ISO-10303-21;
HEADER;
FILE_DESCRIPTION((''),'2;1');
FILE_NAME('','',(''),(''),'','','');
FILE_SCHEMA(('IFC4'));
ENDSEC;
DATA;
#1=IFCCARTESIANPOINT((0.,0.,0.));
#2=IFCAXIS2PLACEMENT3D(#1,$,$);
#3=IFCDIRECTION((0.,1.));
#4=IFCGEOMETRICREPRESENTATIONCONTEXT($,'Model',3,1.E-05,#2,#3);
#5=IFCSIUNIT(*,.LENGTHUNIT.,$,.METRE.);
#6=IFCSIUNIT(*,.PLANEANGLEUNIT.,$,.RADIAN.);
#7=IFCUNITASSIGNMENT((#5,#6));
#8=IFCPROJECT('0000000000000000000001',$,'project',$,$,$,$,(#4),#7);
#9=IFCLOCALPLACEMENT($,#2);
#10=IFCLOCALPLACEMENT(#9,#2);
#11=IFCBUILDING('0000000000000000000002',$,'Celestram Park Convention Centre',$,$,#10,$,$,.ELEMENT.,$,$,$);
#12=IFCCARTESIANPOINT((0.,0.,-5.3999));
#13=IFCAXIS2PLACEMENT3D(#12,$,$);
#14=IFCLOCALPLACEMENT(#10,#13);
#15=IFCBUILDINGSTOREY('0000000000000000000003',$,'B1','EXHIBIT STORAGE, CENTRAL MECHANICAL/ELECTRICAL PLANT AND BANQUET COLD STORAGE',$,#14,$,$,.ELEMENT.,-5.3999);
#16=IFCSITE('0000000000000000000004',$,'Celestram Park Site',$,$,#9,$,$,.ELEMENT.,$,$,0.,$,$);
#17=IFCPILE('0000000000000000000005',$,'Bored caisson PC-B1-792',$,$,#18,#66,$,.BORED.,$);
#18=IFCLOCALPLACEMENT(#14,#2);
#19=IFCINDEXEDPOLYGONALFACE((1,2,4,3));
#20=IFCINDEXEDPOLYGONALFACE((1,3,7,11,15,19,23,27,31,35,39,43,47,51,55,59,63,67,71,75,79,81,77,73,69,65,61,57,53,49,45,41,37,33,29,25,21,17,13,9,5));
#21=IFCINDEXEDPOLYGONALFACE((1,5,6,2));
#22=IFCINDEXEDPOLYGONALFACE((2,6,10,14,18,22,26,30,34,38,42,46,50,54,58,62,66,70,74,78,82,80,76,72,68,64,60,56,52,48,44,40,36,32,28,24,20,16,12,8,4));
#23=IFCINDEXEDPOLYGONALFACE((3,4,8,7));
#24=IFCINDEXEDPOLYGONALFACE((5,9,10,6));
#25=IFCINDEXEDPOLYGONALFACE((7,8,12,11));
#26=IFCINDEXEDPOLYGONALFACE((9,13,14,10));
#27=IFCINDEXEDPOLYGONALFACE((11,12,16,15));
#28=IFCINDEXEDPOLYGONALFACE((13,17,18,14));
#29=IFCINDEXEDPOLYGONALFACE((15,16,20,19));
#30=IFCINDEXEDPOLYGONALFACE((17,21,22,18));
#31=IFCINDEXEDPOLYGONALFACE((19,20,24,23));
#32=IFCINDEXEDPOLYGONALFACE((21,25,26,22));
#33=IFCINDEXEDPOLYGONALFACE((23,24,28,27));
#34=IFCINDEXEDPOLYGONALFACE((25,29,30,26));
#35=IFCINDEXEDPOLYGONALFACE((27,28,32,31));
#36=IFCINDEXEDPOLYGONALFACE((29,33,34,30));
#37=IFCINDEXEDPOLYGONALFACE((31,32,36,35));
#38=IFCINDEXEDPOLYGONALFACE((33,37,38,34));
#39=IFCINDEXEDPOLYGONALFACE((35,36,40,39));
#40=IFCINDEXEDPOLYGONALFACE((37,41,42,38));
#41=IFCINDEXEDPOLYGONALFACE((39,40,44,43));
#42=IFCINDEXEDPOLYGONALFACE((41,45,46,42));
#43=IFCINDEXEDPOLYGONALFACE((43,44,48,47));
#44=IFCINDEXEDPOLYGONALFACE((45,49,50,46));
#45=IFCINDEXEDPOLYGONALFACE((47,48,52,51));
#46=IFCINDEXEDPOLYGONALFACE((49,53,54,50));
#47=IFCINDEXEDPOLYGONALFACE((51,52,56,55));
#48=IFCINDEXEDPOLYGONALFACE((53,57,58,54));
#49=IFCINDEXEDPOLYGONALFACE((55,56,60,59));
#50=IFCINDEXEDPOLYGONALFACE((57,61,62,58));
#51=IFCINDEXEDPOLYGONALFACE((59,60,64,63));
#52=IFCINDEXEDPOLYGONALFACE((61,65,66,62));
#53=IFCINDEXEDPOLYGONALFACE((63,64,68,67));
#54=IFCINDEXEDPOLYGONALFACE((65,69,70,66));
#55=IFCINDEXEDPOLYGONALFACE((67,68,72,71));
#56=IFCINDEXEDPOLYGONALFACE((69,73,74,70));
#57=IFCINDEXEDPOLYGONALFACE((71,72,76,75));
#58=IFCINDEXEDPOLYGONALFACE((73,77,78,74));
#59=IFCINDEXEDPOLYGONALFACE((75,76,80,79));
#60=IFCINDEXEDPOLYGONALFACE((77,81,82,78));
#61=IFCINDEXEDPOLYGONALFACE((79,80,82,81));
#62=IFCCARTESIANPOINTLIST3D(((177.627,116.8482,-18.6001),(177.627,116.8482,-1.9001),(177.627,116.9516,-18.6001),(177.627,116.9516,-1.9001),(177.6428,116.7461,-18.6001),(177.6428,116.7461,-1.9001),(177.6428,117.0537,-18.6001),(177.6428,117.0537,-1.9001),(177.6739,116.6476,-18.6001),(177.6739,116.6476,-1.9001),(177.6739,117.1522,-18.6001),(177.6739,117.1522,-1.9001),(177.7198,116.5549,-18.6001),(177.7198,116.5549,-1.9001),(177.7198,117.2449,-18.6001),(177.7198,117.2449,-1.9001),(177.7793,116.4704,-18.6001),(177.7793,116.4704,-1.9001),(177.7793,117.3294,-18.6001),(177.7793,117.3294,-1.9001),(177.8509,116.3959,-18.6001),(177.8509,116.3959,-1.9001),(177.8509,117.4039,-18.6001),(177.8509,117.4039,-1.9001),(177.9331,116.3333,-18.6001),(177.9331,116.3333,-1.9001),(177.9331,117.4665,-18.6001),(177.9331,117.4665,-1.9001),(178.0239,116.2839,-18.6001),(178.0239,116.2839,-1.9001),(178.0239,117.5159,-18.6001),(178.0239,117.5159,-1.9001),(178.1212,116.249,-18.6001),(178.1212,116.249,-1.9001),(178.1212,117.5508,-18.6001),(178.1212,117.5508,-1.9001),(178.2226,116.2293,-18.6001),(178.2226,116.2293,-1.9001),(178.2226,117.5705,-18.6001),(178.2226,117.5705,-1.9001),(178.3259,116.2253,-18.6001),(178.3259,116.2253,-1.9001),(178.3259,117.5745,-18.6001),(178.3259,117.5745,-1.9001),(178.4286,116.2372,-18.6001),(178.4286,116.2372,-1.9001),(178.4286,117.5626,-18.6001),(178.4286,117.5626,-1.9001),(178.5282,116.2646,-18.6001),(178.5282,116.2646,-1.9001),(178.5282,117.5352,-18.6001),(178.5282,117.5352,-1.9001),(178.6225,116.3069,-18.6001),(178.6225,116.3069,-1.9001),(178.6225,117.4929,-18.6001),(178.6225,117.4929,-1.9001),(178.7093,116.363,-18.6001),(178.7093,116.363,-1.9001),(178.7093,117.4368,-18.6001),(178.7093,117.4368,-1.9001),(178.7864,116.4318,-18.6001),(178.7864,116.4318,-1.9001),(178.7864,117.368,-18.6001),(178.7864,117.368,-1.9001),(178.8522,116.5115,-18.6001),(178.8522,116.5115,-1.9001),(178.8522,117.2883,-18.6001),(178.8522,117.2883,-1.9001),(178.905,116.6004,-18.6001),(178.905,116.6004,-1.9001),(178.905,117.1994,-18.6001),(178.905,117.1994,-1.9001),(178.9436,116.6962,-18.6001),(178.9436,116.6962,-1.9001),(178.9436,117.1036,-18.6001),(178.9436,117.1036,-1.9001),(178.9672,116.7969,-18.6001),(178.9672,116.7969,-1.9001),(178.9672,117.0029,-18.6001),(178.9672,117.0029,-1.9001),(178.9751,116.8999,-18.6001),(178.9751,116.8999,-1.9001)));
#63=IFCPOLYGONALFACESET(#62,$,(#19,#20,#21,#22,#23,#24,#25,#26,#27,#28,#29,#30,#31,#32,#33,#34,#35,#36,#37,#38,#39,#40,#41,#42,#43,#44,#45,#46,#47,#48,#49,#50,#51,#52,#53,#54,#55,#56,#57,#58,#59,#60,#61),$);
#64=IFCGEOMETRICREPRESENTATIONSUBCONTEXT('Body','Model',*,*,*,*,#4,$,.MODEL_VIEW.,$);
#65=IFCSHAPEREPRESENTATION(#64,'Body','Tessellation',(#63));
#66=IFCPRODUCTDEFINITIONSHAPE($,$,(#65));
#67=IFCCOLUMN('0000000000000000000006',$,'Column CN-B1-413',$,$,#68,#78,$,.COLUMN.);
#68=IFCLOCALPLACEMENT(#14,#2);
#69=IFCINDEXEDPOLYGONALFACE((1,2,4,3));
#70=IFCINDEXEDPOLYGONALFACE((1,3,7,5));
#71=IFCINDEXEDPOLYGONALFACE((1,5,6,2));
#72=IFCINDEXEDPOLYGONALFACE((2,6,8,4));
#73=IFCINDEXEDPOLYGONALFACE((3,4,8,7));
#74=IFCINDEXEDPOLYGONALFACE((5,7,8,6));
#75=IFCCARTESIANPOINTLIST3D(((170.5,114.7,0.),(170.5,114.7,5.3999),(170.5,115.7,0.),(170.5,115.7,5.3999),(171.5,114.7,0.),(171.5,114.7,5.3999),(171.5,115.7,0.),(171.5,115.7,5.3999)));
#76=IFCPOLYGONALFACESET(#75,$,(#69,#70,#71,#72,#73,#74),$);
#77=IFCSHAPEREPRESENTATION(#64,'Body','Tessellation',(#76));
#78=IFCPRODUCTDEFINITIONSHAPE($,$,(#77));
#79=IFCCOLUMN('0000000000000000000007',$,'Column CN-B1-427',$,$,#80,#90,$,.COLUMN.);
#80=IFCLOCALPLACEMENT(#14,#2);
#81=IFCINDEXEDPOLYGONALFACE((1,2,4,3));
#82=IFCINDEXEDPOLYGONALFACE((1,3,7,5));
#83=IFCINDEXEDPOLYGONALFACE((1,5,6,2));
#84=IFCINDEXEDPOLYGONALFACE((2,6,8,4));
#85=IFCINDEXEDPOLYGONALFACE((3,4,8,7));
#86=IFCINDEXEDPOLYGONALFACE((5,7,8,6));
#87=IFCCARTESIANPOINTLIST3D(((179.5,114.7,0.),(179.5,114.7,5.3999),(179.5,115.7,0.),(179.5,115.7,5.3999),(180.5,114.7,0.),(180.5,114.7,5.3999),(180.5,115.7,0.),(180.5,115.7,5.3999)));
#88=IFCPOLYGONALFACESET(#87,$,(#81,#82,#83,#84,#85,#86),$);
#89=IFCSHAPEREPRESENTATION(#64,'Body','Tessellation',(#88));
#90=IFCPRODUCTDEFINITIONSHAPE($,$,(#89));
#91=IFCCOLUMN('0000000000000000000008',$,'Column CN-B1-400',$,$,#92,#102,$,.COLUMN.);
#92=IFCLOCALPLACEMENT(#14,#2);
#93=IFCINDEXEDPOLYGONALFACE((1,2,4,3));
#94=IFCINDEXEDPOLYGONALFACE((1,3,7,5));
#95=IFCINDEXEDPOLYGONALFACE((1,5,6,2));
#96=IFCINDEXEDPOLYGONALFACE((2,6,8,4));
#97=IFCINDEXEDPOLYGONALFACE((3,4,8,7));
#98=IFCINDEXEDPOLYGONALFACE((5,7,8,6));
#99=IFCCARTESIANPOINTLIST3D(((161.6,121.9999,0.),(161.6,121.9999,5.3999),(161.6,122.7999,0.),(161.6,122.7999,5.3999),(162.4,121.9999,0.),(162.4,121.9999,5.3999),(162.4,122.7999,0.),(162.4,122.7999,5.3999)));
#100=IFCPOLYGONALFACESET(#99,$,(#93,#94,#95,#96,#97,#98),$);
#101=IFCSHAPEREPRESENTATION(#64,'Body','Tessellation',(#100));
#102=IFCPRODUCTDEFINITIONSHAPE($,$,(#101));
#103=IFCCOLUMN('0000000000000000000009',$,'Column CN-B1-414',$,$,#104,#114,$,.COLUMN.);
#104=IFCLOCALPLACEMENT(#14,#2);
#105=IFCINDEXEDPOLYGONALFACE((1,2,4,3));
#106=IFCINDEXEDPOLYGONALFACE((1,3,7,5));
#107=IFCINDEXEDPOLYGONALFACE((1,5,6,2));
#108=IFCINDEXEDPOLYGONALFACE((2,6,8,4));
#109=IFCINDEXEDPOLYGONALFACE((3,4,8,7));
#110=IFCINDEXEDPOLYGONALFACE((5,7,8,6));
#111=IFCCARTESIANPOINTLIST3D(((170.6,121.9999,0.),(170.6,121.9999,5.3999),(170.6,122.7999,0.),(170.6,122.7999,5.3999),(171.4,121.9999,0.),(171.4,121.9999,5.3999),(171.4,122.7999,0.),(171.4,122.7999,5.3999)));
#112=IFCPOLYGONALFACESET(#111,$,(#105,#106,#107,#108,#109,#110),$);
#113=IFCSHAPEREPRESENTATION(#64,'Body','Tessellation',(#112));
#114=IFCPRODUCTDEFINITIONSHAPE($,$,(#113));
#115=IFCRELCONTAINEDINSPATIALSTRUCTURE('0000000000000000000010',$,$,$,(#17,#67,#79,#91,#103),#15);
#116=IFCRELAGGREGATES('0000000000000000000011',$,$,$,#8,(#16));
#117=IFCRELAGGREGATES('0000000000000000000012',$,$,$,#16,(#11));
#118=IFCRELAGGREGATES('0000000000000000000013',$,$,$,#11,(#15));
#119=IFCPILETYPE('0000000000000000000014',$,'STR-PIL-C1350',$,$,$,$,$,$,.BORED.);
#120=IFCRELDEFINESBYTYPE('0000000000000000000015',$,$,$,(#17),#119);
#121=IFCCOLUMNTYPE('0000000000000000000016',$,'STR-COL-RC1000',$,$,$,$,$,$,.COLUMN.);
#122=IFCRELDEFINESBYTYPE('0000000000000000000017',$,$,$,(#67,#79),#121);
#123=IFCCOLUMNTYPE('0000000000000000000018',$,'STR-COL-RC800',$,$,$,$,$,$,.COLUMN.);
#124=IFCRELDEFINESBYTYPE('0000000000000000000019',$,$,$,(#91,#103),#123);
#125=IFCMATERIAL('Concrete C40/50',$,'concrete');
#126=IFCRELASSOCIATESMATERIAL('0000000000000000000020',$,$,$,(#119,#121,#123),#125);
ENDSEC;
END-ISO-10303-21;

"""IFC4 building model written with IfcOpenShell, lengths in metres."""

from ifc_helpers import new_model, si_unit, direction, frame, origin, origin_2d, place, context, subcontext, project, spatial, rectangle, circle, extrude, material, material_profile, profile_set, type_object, element, save


model = new_model("IFC4")

# Units and contexts
model_context = context("Model", 3, precision=1e-05, world=origin(), true_north=direction((0.0, 1.0)))
body_context = subcontext(model_context, "Body", "Model", "MODEL_VIEW")
ifc_project = project(units=[si_unit("LENGTHUNIT", "METRE"), si_unit("PLANEANGLEUNIT", "RADIAN")], contexts=[model_context])

# Site, building, storey
site_placement = place(None, origin())
site = spatial("IfcSite", under=ifc_project, at=site_placement, Name="Celestram Park Site", CompositionType="ELEMENT", RefElevation=0.0)
building_placement = place(site_placement, origin())
building = spatial("IfcBuilding", under=site, at=building_placement, Name="Celestram Park Convention Centre", CompositionType="ELEMENT")
storey_placement = place(building_placement, frame((0.0, 0.0, -5.3999)))
storey = spatial("IfcBuildingStorey", under=building, at=storey_placement, Name="B1", Description="EXHIBIT STORAGE, CENTRAL MECHANICAL/ELECTRICAL PLANT AND BANQUET COLD STORAGE", CompositionType="ELEMENT", Elevation=-5.3999)

# Shared definitions
ifc_material_1 = material(Name="Concrete C40/50", Category="concrete")

# Pile
ifc_material_profile_1 = material_profile(ifc_material_1, circle(Radius=0.675, at=origin_2d()), Name="CAISSON1350")
ifc_profile_set_1 = profile_set([ifc_material_profile_1], Name="Concrete C40/50")
pile_type_1 = type_object("IfcPileType", Name="STR-PIL-C1350", PredefinedType="BORED", material=ifc_profile_set_1)
for number, where, z_axis, x_axis, name in (
    (1, (178.3, 116.8999, -1.9001), (0.0, 0.0, -1.0), (1.0, 0.0, 0.0), "Bored caisson PC-B1-792"),
):
    element("IfcPile", number, at=place(storey_placement, frame(where, z_axis=z_axis, x_axis=x_axis)), inside=storey, type_object=pile_type_1, Name=name, PredefinedType="BORED", context=body_context, shape_type="SweptSolid", body=[
        extrude(circle(Radius=0.675, at=origin_2d()), origin(), (0.0, 0.0, 1.0), 16.7),
    ])

# Columns
ifc_material_profile_2 = material_profile(ifc_material_1, rectangle(XDim=1.0, YDim=1.0, at=origin_2d()), Name="RC1000X1000")
ifc_profile_set_2 = profile_set([ifc_material_profile_2], Name="Concrete C40/50")
column_type_1 = type_object("IfcColumnType", Name="STR-COL-RC1000", PredefinedType="COLUMN", material=ifc_profile_set_2)
for number, where, z_axis, x_axis, name in (
    (2, (171.0, 115.2, 0.0), (0.0, 0.0, 1.0), (1.0, 0.0, 0.0), "Column CN-B1-413"),
    (3, (180.0, 115.2, 0.0), (0.0, 0.0, 1.0), (1.0, 0.0, 0.0), "Column CN-B1-427"),
):
    element("IfcColumn", number, at=place(storey_placement, frame(where, z_axis=z_axis, x_axis=x_axis)), inside=storey, type_object=column_type_1, Name=name, PredefinedType="COLUMN", context=body_context, shape_type="SweptSolid", body=[
        extrude(rectangle(XDim=1.0, YDim=1.0, at=origin_2d()), origin(), (0.0, 0.0, 1.0), 5.3999),
    ])
ifc_material_profile_3 = material_profile(ifc_material_1, rectangle(XDim=0.8, YDim=0.8, at=origin_2d()), Name="RC800X800")
ifc_profile_set_3 = profile_set([ifc_material_profile_3], Name="Concrete C40/50")
column_type_2 = type_object("IfcColumnType", Name="STR-COL-RC800", PredefinedType="COLUMN", material=ifc_profile_set_3)
for number, where, z_axis, x_axis, name in (
    (4, (162.0, 122.3999, 0.0), (0.0, 0.0, 1.0), (1.0, 0.0, 0.0), "Column CN-B1-400"),
    (5, (171.0, 122.3999, 0.0), (0.0, 0.0, 1.0), (1.0, 0.0, 0.0), "Column CN-B1-414"),
):
    element("IfcColumn", number, at=place(storey_placement, frame(where, z_axis=z_axis, x_axis=x_axis)), inside=storey, type_object=column_type_2, Name=name, PredefinedType="COLUMN", context=body_context, shape_type="SweptSolid", body=[
        extrude(rectangle(XDim=0.8, YDim=0.8, at=origin_2d()), origin(), (0.0, 0.0, 1.0), 5.3999),
    ])

save(model, "model.ifc")
